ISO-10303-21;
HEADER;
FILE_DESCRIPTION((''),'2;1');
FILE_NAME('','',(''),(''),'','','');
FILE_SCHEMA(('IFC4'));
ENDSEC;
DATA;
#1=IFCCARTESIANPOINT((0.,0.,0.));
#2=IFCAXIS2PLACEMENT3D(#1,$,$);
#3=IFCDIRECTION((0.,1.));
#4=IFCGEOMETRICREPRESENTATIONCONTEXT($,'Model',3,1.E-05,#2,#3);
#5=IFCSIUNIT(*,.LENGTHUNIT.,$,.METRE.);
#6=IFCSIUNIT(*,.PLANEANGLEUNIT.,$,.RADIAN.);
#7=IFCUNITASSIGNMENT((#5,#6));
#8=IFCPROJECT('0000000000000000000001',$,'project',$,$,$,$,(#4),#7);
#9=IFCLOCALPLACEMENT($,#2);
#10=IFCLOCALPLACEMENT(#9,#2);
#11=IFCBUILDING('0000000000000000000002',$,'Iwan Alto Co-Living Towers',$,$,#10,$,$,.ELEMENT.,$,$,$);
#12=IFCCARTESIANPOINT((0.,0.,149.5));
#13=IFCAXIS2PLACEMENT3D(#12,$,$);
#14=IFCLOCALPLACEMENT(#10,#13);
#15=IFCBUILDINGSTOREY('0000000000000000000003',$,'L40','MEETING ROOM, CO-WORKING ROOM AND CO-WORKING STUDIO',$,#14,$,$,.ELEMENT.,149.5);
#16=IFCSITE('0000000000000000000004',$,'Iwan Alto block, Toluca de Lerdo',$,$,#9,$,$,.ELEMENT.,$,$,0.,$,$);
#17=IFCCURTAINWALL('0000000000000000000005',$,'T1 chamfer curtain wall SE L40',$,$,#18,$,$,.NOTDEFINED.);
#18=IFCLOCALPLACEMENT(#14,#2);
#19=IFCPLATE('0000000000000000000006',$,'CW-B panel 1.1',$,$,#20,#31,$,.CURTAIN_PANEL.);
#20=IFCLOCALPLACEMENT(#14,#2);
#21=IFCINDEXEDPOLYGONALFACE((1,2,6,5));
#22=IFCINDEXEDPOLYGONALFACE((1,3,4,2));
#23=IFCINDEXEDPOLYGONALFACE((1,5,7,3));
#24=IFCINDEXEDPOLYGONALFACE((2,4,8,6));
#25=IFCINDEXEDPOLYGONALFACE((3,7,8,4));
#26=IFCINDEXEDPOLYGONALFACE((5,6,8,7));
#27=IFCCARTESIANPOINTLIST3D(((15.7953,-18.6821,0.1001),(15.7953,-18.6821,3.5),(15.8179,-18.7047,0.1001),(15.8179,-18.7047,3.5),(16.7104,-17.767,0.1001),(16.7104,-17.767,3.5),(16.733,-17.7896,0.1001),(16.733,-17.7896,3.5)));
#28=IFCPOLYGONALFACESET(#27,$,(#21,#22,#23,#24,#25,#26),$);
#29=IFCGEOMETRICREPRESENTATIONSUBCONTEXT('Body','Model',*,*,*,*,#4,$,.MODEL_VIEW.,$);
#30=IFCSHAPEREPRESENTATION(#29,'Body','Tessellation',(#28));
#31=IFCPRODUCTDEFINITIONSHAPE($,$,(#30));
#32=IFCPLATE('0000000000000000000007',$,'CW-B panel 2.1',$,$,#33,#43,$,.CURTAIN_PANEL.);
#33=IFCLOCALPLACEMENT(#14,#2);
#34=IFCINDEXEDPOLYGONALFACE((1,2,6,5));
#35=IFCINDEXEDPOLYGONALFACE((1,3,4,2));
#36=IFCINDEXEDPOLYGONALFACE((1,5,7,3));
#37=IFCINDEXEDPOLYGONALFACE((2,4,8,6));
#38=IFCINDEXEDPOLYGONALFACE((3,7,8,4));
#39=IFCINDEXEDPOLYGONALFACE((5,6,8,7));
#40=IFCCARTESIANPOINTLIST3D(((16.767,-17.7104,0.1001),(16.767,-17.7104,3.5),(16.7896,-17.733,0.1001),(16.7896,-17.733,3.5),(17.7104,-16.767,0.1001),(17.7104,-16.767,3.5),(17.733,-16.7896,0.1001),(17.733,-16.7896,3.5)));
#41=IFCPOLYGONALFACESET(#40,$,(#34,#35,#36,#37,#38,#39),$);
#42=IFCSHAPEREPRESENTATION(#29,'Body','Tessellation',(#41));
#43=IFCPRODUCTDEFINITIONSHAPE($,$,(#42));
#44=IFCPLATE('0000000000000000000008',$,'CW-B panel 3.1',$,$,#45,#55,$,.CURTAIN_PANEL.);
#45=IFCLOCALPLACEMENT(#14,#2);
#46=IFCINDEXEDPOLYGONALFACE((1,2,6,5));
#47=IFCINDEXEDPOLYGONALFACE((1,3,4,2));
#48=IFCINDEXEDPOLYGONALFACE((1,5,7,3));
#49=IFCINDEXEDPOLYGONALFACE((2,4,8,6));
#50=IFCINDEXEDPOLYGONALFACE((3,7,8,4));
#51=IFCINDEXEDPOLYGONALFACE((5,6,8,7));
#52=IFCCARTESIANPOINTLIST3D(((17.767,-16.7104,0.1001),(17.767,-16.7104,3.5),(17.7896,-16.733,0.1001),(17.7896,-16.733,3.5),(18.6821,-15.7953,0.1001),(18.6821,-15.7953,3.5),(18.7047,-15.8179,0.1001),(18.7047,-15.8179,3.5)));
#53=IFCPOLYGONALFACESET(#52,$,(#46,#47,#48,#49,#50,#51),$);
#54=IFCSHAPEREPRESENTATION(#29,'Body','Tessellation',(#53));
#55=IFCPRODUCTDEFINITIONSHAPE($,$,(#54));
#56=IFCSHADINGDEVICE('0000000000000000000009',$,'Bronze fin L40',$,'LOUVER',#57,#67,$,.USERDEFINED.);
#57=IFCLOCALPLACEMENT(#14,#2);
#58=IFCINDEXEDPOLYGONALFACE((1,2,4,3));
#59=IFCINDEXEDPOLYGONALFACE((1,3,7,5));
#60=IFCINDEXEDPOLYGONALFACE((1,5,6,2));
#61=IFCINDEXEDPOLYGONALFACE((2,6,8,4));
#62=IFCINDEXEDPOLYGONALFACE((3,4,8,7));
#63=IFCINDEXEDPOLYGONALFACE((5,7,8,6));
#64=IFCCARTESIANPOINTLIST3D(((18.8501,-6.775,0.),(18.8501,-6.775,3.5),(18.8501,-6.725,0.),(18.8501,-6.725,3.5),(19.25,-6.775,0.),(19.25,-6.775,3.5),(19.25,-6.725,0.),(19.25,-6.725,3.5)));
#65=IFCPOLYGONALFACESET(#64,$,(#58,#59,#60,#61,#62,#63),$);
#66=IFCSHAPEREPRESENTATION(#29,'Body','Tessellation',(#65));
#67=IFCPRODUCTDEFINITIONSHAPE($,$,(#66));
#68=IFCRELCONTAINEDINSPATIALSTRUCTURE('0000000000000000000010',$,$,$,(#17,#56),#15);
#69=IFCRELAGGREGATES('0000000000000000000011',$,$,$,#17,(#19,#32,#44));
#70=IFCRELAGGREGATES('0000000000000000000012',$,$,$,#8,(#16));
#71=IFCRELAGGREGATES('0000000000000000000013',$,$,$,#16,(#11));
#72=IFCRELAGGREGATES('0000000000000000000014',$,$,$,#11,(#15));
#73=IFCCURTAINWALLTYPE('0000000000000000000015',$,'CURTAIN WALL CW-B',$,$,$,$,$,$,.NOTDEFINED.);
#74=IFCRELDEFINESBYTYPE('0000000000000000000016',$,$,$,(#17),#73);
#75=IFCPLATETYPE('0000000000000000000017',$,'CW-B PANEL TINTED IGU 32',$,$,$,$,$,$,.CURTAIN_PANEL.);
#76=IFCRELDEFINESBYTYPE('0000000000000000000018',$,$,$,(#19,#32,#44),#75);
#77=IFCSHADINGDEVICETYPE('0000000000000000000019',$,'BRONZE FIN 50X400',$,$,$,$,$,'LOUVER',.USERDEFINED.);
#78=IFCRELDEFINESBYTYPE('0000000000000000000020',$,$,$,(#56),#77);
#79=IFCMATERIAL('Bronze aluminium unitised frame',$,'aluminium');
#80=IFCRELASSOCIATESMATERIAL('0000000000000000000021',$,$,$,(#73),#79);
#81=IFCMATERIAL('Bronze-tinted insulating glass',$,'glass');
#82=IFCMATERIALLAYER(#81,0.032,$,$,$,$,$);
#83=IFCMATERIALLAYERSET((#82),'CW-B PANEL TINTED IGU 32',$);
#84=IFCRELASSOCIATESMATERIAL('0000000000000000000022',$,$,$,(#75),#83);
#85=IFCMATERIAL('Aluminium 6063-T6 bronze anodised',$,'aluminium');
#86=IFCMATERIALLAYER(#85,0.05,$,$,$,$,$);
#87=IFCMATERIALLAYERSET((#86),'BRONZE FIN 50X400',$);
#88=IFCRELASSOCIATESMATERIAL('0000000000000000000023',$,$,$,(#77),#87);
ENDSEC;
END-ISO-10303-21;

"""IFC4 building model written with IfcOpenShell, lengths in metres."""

from ifc_helpers import new_model, si_unit, direction, frame, origin, origin_2d, place, context, subcontext, project, spatial, rectangle, extrude, material, layer, layer_set, type_object, element, aggregate, save


model = new_model("IFC4")

# Units and contexts
model_context = context("Model", 3, precision=1e-05, world=origin(), true_north=direction((0.0, 1.0)))
body_context = subcontext(model_context, "Body", "Model", "MODEL_VIEW")
ifc_project = project(units=[si_unit("LENGTHUNIT", "METRE"), si_unit("PLANEANGLEUNIT", "RADIAN")], contexts=[model_context])

# Site, building, storey
site_placement = place(None, origin())
site = spatial("IfcSite", under=ifc_project, at=site_placement, Name="Iwan Alto block, Toluca de Lerdo", CompositionType="ELEMENT", RefElevation=0.0)
building_placement = place(site_placement, origin())
building = spatial("IfcBuilding", under=site, at=building_placement, Name="Iwan Alto Co-Living Towers", CompositionType="ELEMENT")
storey_placement = place(building_placement, frame((0.0, 0.0, 149.5)))
storey = spatial("IfcBuildingStorey", under=building, at=storey_placement, Name="L40", Description="MEETING ROOM, CO-WORKING ROOM AND CO-WORKING STUDIO", CompositionType="ELEMENT", Elevation=149.5)

# Curtain wall
ifc_material_1 = material(Name="Bronze aluminium unitised frame", Category="aluminium")
curtain_wall_type_1 = type_object("IfcCurtainWallType", Name="CURTAIN WALL CW-B", PredefinedType="NOTDEFINED", material=ifc_material_1)
curtain_wall_1_placement = place(storey_placement, origin())
curtain_wall_1 = element("IfcCurtainWall", 1, at=curtain_wall_1_placement, inside=storey, type_object=curtain_wall_type_1, Name="T1 chamfer curtain wall SE L40", PredefinedType="NOTDEFINED")

# Plates
ifc_material_2 = material(Name="Bronze-tinted insulating glass", Category="glass")
ifc_layer_1 = layer(ifc_material_2, 0.032)
ifc_layer_set_1 = layer_set([ifc_layer_1], Name="CW-B PANEL TINTED IGU 32")
plate_type_1 = type_object("IfcPlateType", Name="CW-B PANEL TINTED IGU 32", PredefinedType="CURTAIN_PANEL", material=ifc_layer_set_1)
plate_1_placement = place(storey_placement, frame((16.2642, -18.2358, 0.1001), z_axis=(0.0, 0.0, 1.0), x_axis=(0.707107, 0.707107, 0.0)))
plate_1 = element("IfcPlate", 2, at=plate_1_placement, type_object=plate_type_1, Name="CW-B panel 1.1", PredefinedType="CURTAIN_PANEL", context=body_context, shape_type="SweptSolid", body=[
    extrude(rectangle(XDim=1.2942, YDim=0.032, at=origin_2d()), origin(), (0.0, 0.0, 1.0), 3.3999),
])
plate_2_placement = place(storey_placement, frame((17.25, -17.25, 0.1001), z_axis=(0.0, 0.0, 1.0), x_axis=(0.707107, 0.707107, 0.0)))
plate_2 = element("IfcPlate", 3, at=plate_2_placement, type_object=plate_type_1, Name="CW-B panel 2.1", PredefinedType="CURTAIN_PANEL", context=body_context, shape_type="SweptSolid", body=[
    extrude(rectangle(XDim=1.3342, YDim=0.032, at=origin_2d()), origin(), (0.0, 0.0, 1.0), 3.3999),
])
plate_3_placement = place(storey_placement, frame((18.2358, -16.2642, 0.1001), z_axis=(0.0, 0.0, 1.0), x_axis=(0.707107, 0.707107, 0.0)))
plate_3 = element("IfcPlate", 4, at=plate_3_placement, type_object=plate_type_1, Name="CW-B panel 3.1", PredefinedType="CURTAIN_PANEL", context=body_context, shape_type="SweptSolid", body=[
    extrude(rectangle(XDim=1.2942, YDim=0.032, at=origin_2d()), origin(), (0.0, 0.0, 1.0), 3.3999),
])
aggregate(curtain_wall_1, [plate_1, plate_2, plate_3])

# Shading device
ifc_material_3 = material(Name="Aluminium 6063-T6 bronze anodised", Category="aluminium")
ifc_layer_2 = layer(ifc_material_3, 0.05)
ifc_layer_set_2 = layer_set([ifc_layer_2], Name="BRONZE FIN 50X400")
shading_device_type = type_object("IfcShadingDeviceType", Name="BRONZE FIN 50X400", ElementType="LOUVER", PredefinedType="USERDEFINED", material=ifc_layer_set_2)
shading_device_placement = place(storey_placement, frame((19.05, -6.75, 0.0), z_axis=(0.0, 0.0, 1.0), x_axis=(0.0, 1.0, 0.0)))
element("IfcShadingDevice", 5, at=shading_device_placement, inside=storey, type_object=shading_device_type, Name="Bronze fin L40", ObjectType="LOUVER", PredefinedType="USERDEFINED", context=body_context, shape_type="SweptSolid", body=[
    extrude(rectangle(XDim=0.05, YDim=0.3999, at=origin_2d()), origin(), (0.0, 0.0, 1.0), 3.5),
])

save(model, "model.ifc")
